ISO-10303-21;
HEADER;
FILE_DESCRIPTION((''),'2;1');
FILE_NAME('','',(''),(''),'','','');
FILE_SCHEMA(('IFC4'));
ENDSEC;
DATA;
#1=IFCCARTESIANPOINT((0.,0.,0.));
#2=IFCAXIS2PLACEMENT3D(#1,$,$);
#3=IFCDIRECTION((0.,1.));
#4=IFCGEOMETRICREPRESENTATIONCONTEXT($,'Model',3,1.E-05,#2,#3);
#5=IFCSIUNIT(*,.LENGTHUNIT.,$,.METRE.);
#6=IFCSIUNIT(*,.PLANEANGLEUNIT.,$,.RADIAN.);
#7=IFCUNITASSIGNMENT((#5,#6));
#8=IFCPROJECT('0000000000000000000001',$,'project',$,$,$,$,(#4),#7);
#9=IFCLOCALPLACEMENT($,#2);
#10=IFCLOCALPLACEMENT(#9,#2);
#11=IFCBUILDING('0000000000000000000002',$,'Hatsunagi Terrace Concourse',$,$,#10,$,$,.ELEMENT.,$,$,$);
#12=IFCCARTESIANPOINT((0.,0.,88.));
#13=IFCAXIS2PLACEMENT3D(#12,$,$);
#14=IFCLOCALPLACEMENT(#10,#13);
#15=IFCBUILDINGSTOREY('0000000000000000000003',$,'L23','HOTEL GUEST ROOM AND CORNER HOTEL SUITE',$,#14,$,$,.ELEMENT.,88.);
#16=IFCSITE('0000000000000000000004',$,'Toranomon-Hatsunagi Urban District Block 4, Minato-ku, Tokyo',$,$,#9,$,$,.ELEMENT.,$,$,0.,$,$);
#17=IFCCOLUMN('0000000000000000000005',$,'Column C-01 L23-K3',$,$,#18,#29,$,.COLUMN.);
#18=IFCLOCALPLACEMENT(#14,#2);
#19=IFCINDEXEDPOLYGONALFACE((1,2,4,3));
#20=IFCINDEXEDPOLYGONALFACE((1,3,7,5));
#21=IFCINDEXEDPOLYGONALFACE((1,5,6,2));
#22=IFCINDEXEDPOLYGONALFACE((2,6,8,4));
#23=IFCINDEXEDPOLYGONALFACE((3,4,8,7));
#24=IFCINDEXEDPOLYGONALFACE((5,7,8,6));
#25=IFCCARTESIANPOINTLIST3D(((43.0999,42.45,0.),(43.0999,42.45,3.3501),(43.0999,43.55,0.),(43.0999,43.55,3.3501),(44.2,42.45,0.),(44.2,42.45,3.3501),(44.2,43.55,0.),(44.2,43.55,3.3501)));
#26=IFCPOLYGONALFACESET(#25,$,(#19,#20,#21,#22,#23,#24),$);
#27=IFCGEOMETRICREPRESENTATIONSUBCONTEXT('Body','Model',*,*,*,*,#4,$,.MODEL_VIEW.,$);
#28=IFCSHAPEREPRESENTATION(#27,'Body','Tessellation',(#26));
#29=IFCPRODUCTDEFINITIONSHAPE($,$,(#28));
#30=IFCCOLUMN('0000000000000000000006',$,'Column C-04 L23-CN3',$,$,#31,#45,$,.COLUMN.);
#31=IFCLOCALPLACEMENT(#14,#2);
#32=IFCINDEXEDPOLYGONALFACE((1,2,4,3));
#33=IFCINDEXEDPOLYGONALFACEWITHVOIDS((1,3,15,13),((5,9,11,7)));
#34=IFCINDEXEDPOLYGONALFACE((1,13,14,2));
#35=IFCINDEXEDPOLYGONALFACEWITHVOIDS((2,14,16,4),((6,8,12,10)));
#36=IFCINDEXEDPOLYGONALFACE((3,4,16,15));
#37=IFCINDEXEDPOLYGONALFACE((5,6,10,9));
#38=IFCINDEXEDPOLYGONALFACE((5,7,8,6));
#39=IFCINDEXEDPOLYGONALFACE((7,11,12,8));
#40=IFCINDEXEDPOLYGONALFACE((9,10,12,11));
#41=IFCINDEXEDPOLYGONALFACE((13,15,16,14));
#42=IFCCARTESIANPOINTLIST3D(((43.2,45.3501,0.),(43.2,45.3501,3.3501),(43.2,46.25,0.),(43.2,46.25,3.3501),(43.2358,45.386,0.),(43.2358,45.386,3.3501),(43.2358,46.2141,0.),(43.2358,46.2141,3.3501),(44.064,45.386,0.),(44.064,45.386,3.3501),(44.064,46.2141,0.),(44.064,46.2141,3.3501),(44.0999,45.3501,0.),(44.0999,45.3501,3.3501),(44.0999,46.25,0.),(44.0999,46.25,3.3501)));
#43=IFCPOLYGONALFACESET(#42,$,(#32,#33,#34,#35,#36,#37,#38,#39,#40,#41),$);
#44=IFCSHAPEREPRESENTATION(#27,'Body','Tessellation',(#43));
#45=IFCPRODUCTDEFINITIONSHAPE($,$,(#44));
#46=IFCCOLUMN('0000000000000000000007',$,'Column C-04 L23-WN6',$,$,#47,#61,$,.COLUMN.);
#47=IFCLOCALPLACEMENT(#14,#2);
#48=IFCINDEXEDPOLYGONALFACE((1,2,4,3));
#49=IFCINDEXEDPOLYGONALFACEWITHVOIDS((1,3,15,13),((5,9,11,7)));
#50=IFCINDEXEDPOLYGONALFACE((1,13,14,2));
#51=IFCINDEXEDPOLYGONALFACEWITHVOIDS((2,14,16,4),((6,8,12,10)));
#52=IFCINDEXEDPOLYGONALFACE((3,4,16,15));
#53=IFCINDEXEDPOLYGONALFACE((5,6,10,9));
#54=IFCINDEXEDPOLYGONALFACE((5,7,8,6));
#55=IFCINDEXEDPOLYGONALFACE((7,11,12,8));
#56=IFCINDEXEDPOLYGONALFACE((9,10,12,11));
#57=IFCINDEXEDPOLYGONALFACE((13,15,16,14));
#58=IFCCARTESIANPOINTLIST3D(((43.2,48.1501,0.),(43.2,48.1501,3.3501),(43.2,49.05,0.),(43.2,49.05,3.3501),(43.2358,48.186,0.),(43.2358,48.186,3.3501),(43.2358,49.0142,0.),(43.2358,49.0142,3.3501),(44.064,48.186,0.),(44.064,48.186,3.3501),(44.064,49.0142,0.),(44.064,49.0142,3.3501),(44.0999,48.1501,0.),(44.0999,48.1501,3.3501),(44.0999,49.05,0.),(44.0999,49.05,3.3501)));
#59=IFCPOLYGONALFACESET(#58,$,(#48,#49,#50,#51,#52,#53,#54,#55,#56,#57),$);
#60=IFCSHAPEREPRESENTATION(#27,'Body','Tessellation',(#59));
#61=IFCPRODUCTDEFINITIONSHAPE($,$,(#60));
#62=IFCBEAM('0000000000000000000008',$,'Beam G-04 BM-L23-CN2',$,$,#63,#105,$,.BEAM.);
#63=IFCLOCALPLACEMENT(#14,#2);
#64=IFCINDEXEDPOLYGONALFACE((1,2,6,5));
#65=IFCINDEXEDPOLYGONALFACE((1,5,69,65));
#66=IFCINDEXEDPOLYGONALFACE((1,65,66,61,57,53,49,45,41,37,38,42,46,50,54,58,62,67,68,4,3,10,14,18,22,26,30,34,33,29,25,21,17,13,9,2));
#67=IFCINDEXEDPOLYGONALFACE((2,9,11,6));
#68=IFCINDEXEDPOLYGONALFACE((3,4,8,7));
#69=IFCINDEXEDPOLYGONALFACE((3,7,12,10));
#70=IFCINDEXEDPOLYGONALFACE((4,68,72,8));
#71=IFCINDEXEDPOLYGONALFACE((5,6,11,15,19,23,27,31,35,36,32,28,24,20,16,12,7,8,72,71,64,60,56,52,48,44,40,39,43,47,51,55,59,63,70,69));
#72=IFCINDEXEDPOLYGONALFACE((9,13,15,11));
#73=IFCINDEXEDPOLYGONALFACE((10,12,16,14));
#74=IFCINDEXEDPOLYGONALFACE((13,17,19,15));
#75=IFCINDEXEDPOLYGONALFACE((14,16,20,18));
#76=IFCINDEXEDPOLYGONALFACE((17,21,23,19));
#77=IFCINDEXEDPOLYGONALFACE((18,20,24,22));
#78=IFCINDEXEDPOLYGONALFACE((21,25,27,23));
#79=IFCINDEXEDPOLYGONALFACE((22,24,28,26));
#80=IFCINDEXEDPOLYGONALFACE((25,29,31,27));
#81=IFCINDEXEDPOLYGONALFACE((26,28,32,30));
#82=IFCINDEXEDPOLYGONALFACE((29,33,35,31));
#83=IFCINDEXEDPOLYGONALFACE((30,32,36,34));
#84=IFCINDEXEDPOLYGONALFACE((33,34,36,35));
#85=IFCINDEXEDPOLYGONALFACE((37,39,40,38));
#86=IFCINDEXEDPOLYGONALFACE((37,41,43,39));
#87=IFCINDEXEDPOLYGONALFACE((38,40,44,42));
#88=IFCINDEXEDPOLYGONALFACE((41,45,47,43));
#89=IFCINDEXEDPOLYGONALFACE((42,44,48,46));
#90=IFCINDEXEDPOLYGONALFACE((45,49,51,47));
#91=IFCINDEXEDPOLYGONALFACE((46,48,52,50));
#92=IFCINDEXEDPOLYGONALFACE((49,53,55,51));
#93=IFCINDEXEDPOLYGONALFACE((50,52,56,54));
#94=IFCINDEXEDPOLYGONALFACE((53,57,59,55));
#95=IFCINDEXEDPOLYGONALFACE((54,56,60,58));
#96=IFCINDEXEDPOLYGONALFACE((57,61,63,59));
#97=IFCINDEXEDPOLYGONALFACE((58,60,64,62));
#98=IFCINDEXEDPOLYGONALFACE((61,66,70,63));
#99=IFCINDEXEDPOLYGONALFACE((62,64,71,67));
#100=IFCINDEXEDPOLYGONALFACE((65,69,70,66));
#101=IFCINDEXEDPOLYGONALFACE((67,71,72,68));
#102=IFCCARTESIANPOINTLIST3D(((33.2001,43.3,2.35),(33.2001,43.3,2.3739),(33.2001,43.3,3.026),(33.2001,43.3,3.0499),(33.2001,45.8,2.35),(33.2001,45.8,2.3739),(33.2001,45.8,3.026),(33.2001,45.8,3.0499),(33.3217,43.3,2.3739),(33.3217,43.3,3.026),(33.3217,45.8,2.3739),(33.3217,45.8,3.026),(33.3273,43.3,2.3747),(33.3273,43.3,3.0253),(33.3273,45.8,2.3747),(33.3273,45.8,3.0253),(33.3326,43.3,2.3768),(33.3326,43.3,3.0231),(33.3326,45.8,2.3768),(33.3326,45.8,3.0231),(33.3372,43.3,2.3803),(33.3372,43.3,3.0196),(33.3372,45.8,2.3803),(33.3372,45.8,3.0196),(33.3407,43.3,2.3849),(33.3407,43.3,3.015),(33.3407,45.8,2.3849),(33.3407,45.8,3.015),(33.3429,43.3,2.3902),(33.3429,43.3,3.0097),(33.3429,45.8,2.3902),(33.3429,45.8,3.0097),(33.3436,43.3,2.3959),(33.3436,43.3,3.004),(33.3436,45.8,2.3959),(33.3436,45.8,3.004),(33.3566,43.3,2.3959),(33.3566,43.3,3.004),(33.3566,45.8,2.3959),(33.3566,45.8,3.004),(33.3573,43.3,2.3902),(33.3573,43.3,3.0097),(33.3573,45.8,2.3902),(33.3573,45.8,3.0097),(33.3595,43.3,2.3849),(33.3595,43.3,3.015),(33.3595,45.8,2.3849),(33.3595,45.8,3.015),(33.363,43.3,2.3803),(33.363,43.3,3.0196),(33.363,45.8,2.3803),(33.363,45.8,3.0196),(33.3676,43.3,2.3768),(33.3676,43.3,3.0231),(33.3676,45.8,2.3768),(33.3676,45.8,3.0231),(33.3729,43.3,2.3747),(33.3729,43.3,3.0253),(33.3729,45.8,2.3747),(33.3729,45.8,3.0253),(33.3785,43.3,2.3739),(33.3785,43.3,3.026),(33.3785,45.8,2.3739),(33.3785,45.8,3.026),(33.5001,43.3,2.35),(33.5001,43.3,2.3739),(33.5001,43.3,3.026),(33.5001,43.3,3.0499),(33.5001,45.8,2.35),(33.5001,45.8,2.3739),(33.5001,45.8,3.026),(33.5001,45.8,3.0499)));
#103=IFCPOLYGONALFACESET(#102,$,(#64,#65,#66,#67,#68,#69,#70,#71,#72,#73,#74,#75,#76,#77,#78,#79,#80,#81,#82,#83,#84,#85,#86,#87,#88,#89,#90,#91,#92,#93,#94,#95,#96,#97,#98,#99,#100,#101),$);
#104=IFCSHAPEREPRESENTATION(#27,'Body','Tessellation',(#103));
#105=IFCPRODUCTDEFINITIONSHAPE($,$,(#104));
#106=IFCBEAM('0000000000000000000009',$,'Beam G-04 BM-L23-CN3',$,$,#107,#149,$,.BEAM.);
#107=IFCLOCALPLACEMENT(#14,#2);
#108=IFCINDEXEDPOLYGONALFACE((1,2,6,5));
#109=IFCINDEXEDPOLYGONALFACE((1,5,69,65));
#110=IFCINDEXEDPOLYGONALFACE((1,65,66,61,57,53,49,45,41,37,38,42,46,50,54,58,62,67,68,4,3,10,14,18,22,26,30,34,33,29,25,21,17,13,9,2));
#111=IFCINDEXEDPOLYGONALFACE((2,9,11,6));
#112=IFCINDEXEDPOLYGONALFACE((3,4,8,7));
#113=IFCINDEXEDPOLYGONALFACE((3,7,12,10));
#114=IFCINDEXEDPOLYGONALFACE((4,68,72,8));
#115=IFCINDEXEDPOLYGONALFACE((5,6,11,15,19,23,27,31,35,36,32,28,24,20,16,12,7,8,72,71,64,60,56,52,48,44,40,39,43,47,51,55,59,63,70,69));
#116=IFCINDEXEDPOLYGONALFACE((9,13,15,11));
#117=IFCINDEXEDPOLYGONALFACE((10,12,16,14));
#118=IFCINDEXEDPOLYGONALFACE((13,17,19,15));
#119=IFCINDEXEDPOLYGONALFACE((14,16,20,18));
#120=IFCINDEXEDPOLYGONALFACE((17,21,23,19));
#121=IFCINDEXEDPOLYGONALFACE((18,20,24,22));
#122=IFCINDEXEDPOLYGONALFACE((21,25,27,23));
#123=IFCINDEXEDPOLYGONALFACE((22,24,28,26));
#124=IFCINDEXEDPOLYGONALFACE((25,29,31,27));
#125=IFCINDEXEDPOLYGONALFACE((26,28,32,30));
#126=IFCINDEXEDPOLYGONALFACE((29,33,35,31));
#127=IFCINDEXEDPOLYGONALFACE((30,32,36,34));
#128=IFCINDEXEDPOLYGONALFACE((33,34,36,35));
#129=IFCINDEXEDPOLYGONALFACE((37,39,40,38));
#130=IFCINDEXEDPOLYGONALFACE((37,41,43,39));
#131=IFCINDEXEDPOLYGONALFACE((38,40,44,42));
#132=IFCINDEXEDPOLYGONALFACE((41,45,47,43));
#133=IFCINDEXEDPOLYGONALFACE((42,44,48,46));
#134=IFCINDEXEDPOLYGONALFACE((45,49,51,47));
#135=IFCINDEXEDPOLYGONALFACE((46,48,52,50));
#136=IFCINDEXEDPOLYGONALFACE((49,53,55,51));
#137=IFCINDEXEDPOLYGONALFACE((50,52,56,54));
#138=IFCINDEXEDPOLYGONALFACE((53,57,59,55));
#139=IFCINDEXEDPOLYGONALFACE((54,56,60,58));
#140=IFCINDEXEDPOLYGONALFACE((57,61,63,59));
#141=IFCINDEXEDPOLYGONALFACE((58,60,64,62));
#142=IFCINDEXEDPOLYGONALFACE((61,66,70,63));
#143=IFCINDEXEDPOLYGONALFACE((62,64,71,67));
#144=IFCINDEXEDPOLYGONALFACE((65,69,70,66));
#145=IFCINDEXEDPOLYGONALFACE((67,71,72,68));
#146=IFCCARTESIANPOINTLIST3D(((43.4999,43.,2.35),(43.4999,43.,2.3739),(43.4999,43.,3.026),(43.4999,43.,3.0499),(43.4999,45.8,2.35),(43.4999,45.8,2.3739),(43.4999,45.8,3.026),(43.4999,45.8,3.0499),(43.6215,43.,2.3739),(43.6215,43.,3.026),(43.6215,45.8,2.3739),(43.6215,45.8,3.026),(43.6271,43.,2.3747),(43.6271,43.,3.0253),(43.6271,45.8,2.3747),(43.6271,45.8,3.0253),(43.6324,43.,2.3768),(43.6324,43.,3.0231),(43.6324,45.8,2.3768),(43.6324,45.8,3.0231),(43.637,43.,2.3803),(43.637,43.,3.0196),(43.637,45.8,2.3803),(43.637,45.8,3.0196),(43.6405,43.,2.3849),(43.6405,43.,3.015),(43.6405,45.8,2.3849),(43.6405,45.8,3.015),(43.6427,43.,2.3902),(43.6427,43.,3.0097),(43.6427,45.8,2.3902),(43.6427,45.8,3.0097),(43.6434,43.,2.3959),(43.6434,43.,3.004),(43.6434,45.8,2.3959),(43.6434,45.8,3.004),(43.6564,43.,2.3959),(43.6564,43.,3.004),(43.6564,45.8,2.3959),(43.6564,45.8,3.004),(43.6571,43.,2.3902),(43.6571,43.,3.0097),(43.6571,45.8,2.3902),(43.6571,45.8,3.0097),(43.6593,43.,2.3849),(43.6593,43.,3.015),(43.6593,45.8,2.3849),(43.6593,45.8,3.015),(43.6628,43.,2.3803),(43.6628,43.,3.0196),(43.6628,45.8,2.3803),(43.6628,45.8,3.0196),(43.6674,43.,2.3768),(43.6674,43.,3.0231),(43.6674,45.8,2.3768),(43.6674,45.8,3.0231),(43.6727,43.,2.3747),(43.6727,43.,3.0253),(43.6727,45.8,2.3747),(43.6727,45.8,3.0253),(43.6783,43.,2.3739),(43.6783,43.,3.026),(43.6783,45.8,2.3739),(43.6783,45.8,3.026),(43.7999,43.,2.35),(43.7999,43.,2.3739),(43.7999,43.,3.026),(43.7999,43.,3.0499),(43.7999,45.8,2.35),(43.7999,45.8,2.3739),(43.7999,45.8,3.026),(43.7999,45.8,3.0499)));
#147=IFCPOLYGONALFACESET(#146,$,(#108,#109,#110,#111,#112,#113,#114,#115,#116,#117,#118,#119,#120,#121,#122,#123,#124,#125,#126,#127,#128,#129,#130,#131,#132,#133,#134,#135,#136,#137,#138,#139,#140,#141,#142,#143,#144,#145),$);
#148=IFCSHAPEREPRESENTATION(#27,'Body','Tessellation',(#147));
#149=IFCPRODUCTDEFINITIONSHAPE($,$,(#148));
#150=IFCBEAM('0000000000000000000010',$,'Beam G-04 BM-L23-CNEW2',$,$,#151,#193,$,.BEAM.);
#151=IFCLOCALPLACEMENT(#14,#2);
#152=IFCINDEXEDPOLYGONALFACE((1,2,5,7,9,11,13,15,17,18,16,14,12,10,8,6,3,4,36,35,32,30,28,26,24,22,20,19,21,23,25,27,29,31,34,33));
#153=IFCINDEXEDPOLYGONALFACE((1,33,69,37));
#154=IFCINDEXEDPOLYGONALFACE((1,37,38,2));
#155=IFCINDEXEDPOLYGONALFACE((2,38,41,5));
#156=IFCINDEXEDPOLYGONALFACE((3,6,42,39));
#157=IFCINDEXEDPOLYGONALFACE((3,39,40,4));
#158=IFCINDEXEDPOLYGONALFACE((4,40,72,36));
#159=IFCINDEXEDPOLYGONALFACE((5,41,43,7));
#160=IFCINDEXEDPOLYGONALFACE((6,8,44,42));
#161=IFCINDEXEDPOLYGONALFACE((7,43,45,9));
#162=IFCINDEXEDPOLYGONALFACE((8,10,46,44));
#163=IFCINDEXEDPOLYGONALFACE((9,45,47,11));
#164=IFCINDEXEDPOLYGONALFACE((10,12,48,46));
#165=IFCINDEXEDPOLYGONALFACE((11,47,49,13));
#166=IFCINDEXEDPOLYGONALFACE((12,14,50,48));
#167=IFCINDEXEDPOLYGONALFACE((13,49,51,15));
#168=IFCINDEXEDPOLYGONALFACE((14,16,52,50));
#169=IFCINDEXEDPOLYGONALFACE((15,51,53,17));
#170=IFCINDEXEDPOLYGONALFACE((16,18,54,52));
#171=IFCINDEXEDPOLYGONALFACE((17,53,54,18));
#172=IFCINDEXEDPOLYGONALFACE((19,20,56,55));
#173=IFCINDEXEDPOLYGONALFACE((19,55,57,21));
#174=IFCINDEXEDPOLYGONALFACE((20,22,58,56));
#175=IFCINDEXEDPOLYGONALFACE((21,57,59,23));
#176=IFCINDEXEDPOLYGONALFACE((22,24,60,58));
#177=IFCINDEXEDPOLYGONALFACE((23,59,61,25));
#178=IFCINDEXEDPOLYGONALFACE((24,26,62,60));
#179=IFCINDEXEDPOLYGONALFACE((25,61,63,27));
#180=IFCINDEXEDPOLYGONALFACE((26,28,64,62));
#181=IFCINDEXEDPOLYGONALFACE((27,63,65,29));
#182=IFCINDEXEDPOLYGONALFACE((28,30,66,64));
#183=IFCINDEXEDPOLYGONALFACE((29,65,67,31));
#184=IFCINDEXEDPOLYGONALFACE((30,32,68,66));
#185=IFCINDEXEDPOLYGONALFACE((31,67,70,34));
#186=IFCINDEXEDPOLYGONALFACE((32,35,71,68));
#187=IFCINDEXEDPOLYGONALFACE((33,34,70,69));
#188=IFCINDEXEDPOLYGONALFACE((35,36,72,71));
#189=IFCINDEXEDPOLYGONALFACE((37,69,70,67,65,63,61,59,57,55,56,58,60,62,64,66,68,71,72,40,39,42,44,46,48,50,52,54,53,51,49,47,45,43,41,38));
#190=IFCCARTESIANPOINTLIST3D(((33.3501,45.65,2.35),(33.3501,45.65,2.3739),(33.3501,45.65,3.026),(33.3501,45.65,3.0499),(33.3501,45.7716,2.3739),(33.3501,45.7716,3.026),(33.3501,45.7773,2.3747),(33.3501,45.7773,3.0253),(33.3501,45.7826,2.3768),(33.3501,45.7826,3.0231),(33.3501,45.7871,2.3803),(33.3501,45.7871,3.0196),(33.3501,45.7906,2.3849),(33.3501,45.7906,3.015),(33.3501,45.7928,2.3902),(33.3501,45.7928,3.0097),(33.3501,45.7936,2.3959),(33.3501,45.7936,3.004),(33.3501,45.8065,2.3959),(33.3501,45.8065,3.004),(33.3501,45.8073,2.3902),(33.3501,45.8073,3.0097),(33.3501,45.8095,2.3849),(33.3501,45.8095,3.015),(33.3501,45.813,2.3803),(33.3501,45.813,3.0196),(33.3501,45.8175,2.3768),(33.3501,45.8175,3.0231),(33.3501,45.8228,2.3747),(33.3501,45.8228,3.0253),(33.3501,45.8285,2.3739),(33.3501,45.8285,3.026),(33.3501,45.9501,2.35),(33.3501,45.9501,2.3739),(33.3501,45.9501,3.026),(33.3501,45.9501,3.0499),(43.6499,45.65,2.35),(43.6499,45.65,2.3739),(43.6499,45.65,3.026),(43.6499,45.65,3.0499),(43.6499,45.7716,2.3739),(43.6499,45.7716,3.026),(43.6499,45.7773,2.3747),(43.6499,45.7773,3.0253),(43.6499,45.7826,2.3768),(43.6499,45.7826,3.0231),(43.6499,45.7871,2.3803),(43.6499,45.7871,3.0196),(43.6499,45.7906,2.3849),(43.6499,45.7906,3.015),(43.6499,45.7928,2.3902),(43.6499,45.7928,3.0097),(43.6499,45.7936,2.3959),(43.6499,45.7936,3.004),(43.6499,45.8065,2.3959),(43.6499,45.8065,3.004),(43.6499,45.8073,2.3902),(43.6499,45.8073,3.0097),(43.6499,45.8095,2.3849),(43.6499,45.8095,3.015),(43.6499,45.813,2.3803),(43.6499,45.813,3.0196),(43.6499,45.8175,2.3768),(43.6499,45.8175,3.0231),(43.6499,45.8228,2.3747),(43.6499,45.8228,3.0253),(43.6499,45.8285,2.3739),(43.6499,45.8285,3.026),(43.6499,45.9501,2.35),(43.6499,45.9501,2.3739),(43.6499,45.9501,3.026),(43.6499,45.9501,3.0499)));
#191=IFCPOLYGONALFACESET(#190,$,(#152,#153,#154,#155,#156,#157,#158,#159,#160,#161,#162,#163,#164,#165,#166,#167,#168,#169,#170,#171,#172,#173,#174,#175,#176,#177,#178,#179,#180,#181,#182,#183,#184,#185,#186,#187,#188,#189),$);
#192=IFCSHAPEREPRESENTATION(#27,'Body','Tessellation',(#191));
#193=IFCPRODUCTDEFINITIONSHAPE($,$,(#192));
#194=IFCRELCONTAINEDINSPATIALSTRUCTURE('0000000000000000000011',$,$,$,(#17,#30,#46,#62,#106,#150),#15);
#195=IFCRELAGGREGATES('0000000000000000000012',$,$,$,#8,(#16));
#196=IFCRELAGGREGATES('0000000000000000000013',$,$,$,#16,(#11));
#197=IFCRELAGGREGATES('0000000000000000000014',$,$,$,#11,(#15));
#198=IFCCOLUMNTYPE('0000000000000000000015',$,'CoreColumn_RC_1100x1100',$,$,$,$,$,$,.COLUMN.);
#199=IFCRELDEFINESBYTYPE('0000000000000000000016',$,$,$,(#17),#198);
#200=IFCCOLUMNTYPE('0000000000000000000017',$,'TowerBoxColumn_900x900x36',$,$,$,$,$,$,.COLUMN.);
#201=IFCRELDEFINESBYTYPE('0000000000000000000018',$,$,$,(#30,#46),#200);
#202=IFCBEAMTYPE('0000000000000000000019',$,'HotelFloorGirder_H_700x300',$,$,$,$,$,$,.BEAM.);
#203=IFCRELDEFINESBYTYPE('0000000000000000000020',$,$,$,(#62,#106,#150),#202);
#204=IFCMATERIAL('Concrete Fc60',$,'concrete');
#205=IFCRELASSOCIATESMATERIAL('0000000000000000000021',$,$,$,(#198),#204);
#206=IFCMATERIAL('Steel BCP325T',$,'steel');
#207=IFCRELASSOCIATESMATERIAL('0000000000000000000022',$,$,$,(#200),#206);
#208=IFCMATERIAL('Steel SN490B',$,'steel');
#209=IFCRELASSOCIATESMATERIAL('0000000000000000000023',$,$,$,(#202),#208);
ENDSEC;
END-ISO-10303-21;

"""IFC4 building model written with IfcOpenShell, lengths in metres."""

from ifc_helpers import new_model, si_unit, direction, frame, origin, origin_2d, place, context, subcontext, project, spatial, rectangle, hollow_rectangle, i_section, extrude, material, material_profile, profile_set, type_object, element, save


model = new_model("IFC4")

# Units and contexts
model_context = context("Model", 3, precision=1e-05, world=origin(), true_north=direction((0.0, 1.0)))
body_context = subcontext(model_context, "Body", "Model", "MODEL_VIEW")
ifc_project = project(units=[si_unit("LENGTHUNIT", "METRE"), si_unit("PLANEANGLEUNIT", "RADIAN")], contexts=[model_context])

# Site, building, storey
site_placement = place(None, origin())
site = spatial("IfcSite", under=ifc_project, at=site_placement, Name="Toranomon-Hatsunagi Urban District Block 4, Minato-ku, Tokyo", CompositionType="ELEMENT", RefElevation=0.0)
building_placement = place(site_placement, origin())
building = spatial("IfcBuilding", under=site, at=building_placement, Name="Hatsunagi Terrace Concourse", CompositionType="ELEMENT")
storey_placement = place(building_placement, frame((0.0, 0.0, 88.0)))
storey = spatial("IfcBuildingStorey", under=building, at=storey_placement, Name="L23", Description="HOTEL GUEST ROOM AND CORNER HOTEL SUITE", CompositionType="ELEMENT", Elevation=88.0)

# Columns
ifc_material_1 = material(Name="Concrete Fc60", Category="concrete")
ifc_material_profile_1 = material_profile(ifc_material_1, rectangle(XDim=1.1001, YDim=1.1001, at=origin_2d()), Name="RC-1100x1100")
ifc_profile_set_1 = profile_set([ifc_material_profile_1], Name="Concrete Fc60")
column_type_1 = type_object("IfcColumnType", Name="CoreColumn_RC_1100x1100", PredefinedType="COLUMN", material=ifc_profile_set_1)
column_placement = place(storey_placement, frame((43.6499, 43.0, 0.0), z_axis=(0.0, 0.0, 1.0), x_axis=(1.0, 0.0, 0.0)))
element("IfcColumn", 1, at=column_placement, inside=storey, type_object=column_type_1, Name="Column C-01 L23-K3", PredefinedType="COLUMN", context=body_context, shape_type="SweptSolid", body=[
    extrude(rectangle(XDim=1.1001, YDim=1.1001, at=origin_2d()), origin(), (0.0, 0.0, 1.0), 3.3501),
])
ifc_material_2 = material(Name="Steel BCP325T", Category="steel")
ifc_material_profile_2 = material_profile(ifc_material_2, hollow_rectangle(XDim=0.8999, YDim=0.8999, WallThickness=0.0359, at=origin_2d()), Name="BCP-900x900x36")
ifc_profile_set_2 = profile_set([ifc_material_profile_2], Name="Steel BCP325T")
column_type_2 = type_object("IfcColumnType", Name="TowerBoxColumn_900x900x36", PredefinedType="COLUMN", material=ifc_profile_set_2)
for number, where, z_axis, x_axis, name in (
    (2, (43.6499, 45.8, 0.0), (0.0, 0.0, 1.0), (1.0, 0.0, 0.0), "Column C-04 L23-CN3"),
    (3, (43.6499, 48.6001, 0.0), (0.0, 0.0, 1.0), (1.0, 0.0, 0.0), "Column C-04 L23-WN6"),
):
    element("IfcColumn", number, at=place(storey_placement, frame(where, z_axis=z_axis, x_axis=x_axis)), inside=storey, type_object=column_type_2, Name=name, PredefinedType="COLUMN", context=body_context, shape_type="SweptSolid", body=[
        extrude(hollow_rectangle(XDim=0.8999, YDim=0.8999, WallThickness=0.0359, at=origin_2d()), origin(), (0.0, 0.0, 1.0), 3.3501),
    ])

# Beams
ifc_material_3 = material(Name="Steel SN490B", Category="steel")
ifc_material_profile_3 = material_profile(ifc_material_3, i_section(OverallWidth=0.3, OverallDepth=0.7, WebThickness=0.0129, FlangeThickness=0.0239, FilletRadius=0.022, at=origin_2d()), Name="H-700x300x13x24")
ifc_profile_set_3 = profile_set([ifc_material_profile_3], Name="Steel SN490B")
beam_type_1 = type_object("IfcBeamType", Name="HotelFloorGirder_H_700x300", PredefinedType="BEAM", material=ifc_profile_set_3)
beam_1_placement = place(storey_placement, frame((33.3501, 43.3, 2.7), z_axis=(0.0, 1.0, 0.0), x_axis=(-1.0, 0.0, 0.0)))
element("IfcBeam", 4, at=beam_1_placement, inside=storey, type_object=beam_type_1, Name="Beam G-04 BM-L23-CN2", PredefinedType="BEAM", context=body_context, shape_type="SweptSolid", body=[
    extrude(i_section(OverallWidth=0.3, OverallDepth=0.7, WebThickness=0.0129, FlangeThickness=0.0239, FilletRadius=0.022, at=origin_2d()), origin(), (0.0, 0.0, 1.0), 2.5),
])
beam_2_placement = place(storey_placement, frame((43.6499, 43.0, 2.7), z_axis=(0.0, 1.0, 0.0), x_axis=(-1.0, 0.0, 0.0)))
element("IfcBeam", 5, at=beam_2_placement, inside=storey, type_object=beam_type_1, Name="Beam G-04 BM-L23-CN3", PredefinedType="BEAM", context=body_context, shape_type="SweptSolid", body=[
    extrude(i_section(OverallWidth=0.3, OverallDepth=0.7, WebThickness=0.0129, FlangeThickness=0.0239, FilletRadius=0.022, at=origin_2d()), origin(), (0.0, 0.0, 1.0), 2.8),
])
beam_3_placement = place(storey_placement, frame((33.3501, 45.8, 2.7), z_axis=(1.0, 0.0, 0.0), x_axis=(0.0, 1.0, 0.0)))
element("IfcBeam", 6, at=beam_3_placement, inside=storey, type_object=beam_type_1, Name="Beam G-04 BM-L23-CNEW2", PredefinedType="BEAM", context=body_context, shape_type="SweptSolid", body=[
    extrude(i_section(OverallWidth=0.3, OverallDepth=0.7, WebThickness=0.0129, FlangeThickness=0.0239, FilletRadius=0.022, at=origin_2d()), origin(), (0.0, 0.0, 1.0), 10.2998),
])

save(model, "model.ifc")
